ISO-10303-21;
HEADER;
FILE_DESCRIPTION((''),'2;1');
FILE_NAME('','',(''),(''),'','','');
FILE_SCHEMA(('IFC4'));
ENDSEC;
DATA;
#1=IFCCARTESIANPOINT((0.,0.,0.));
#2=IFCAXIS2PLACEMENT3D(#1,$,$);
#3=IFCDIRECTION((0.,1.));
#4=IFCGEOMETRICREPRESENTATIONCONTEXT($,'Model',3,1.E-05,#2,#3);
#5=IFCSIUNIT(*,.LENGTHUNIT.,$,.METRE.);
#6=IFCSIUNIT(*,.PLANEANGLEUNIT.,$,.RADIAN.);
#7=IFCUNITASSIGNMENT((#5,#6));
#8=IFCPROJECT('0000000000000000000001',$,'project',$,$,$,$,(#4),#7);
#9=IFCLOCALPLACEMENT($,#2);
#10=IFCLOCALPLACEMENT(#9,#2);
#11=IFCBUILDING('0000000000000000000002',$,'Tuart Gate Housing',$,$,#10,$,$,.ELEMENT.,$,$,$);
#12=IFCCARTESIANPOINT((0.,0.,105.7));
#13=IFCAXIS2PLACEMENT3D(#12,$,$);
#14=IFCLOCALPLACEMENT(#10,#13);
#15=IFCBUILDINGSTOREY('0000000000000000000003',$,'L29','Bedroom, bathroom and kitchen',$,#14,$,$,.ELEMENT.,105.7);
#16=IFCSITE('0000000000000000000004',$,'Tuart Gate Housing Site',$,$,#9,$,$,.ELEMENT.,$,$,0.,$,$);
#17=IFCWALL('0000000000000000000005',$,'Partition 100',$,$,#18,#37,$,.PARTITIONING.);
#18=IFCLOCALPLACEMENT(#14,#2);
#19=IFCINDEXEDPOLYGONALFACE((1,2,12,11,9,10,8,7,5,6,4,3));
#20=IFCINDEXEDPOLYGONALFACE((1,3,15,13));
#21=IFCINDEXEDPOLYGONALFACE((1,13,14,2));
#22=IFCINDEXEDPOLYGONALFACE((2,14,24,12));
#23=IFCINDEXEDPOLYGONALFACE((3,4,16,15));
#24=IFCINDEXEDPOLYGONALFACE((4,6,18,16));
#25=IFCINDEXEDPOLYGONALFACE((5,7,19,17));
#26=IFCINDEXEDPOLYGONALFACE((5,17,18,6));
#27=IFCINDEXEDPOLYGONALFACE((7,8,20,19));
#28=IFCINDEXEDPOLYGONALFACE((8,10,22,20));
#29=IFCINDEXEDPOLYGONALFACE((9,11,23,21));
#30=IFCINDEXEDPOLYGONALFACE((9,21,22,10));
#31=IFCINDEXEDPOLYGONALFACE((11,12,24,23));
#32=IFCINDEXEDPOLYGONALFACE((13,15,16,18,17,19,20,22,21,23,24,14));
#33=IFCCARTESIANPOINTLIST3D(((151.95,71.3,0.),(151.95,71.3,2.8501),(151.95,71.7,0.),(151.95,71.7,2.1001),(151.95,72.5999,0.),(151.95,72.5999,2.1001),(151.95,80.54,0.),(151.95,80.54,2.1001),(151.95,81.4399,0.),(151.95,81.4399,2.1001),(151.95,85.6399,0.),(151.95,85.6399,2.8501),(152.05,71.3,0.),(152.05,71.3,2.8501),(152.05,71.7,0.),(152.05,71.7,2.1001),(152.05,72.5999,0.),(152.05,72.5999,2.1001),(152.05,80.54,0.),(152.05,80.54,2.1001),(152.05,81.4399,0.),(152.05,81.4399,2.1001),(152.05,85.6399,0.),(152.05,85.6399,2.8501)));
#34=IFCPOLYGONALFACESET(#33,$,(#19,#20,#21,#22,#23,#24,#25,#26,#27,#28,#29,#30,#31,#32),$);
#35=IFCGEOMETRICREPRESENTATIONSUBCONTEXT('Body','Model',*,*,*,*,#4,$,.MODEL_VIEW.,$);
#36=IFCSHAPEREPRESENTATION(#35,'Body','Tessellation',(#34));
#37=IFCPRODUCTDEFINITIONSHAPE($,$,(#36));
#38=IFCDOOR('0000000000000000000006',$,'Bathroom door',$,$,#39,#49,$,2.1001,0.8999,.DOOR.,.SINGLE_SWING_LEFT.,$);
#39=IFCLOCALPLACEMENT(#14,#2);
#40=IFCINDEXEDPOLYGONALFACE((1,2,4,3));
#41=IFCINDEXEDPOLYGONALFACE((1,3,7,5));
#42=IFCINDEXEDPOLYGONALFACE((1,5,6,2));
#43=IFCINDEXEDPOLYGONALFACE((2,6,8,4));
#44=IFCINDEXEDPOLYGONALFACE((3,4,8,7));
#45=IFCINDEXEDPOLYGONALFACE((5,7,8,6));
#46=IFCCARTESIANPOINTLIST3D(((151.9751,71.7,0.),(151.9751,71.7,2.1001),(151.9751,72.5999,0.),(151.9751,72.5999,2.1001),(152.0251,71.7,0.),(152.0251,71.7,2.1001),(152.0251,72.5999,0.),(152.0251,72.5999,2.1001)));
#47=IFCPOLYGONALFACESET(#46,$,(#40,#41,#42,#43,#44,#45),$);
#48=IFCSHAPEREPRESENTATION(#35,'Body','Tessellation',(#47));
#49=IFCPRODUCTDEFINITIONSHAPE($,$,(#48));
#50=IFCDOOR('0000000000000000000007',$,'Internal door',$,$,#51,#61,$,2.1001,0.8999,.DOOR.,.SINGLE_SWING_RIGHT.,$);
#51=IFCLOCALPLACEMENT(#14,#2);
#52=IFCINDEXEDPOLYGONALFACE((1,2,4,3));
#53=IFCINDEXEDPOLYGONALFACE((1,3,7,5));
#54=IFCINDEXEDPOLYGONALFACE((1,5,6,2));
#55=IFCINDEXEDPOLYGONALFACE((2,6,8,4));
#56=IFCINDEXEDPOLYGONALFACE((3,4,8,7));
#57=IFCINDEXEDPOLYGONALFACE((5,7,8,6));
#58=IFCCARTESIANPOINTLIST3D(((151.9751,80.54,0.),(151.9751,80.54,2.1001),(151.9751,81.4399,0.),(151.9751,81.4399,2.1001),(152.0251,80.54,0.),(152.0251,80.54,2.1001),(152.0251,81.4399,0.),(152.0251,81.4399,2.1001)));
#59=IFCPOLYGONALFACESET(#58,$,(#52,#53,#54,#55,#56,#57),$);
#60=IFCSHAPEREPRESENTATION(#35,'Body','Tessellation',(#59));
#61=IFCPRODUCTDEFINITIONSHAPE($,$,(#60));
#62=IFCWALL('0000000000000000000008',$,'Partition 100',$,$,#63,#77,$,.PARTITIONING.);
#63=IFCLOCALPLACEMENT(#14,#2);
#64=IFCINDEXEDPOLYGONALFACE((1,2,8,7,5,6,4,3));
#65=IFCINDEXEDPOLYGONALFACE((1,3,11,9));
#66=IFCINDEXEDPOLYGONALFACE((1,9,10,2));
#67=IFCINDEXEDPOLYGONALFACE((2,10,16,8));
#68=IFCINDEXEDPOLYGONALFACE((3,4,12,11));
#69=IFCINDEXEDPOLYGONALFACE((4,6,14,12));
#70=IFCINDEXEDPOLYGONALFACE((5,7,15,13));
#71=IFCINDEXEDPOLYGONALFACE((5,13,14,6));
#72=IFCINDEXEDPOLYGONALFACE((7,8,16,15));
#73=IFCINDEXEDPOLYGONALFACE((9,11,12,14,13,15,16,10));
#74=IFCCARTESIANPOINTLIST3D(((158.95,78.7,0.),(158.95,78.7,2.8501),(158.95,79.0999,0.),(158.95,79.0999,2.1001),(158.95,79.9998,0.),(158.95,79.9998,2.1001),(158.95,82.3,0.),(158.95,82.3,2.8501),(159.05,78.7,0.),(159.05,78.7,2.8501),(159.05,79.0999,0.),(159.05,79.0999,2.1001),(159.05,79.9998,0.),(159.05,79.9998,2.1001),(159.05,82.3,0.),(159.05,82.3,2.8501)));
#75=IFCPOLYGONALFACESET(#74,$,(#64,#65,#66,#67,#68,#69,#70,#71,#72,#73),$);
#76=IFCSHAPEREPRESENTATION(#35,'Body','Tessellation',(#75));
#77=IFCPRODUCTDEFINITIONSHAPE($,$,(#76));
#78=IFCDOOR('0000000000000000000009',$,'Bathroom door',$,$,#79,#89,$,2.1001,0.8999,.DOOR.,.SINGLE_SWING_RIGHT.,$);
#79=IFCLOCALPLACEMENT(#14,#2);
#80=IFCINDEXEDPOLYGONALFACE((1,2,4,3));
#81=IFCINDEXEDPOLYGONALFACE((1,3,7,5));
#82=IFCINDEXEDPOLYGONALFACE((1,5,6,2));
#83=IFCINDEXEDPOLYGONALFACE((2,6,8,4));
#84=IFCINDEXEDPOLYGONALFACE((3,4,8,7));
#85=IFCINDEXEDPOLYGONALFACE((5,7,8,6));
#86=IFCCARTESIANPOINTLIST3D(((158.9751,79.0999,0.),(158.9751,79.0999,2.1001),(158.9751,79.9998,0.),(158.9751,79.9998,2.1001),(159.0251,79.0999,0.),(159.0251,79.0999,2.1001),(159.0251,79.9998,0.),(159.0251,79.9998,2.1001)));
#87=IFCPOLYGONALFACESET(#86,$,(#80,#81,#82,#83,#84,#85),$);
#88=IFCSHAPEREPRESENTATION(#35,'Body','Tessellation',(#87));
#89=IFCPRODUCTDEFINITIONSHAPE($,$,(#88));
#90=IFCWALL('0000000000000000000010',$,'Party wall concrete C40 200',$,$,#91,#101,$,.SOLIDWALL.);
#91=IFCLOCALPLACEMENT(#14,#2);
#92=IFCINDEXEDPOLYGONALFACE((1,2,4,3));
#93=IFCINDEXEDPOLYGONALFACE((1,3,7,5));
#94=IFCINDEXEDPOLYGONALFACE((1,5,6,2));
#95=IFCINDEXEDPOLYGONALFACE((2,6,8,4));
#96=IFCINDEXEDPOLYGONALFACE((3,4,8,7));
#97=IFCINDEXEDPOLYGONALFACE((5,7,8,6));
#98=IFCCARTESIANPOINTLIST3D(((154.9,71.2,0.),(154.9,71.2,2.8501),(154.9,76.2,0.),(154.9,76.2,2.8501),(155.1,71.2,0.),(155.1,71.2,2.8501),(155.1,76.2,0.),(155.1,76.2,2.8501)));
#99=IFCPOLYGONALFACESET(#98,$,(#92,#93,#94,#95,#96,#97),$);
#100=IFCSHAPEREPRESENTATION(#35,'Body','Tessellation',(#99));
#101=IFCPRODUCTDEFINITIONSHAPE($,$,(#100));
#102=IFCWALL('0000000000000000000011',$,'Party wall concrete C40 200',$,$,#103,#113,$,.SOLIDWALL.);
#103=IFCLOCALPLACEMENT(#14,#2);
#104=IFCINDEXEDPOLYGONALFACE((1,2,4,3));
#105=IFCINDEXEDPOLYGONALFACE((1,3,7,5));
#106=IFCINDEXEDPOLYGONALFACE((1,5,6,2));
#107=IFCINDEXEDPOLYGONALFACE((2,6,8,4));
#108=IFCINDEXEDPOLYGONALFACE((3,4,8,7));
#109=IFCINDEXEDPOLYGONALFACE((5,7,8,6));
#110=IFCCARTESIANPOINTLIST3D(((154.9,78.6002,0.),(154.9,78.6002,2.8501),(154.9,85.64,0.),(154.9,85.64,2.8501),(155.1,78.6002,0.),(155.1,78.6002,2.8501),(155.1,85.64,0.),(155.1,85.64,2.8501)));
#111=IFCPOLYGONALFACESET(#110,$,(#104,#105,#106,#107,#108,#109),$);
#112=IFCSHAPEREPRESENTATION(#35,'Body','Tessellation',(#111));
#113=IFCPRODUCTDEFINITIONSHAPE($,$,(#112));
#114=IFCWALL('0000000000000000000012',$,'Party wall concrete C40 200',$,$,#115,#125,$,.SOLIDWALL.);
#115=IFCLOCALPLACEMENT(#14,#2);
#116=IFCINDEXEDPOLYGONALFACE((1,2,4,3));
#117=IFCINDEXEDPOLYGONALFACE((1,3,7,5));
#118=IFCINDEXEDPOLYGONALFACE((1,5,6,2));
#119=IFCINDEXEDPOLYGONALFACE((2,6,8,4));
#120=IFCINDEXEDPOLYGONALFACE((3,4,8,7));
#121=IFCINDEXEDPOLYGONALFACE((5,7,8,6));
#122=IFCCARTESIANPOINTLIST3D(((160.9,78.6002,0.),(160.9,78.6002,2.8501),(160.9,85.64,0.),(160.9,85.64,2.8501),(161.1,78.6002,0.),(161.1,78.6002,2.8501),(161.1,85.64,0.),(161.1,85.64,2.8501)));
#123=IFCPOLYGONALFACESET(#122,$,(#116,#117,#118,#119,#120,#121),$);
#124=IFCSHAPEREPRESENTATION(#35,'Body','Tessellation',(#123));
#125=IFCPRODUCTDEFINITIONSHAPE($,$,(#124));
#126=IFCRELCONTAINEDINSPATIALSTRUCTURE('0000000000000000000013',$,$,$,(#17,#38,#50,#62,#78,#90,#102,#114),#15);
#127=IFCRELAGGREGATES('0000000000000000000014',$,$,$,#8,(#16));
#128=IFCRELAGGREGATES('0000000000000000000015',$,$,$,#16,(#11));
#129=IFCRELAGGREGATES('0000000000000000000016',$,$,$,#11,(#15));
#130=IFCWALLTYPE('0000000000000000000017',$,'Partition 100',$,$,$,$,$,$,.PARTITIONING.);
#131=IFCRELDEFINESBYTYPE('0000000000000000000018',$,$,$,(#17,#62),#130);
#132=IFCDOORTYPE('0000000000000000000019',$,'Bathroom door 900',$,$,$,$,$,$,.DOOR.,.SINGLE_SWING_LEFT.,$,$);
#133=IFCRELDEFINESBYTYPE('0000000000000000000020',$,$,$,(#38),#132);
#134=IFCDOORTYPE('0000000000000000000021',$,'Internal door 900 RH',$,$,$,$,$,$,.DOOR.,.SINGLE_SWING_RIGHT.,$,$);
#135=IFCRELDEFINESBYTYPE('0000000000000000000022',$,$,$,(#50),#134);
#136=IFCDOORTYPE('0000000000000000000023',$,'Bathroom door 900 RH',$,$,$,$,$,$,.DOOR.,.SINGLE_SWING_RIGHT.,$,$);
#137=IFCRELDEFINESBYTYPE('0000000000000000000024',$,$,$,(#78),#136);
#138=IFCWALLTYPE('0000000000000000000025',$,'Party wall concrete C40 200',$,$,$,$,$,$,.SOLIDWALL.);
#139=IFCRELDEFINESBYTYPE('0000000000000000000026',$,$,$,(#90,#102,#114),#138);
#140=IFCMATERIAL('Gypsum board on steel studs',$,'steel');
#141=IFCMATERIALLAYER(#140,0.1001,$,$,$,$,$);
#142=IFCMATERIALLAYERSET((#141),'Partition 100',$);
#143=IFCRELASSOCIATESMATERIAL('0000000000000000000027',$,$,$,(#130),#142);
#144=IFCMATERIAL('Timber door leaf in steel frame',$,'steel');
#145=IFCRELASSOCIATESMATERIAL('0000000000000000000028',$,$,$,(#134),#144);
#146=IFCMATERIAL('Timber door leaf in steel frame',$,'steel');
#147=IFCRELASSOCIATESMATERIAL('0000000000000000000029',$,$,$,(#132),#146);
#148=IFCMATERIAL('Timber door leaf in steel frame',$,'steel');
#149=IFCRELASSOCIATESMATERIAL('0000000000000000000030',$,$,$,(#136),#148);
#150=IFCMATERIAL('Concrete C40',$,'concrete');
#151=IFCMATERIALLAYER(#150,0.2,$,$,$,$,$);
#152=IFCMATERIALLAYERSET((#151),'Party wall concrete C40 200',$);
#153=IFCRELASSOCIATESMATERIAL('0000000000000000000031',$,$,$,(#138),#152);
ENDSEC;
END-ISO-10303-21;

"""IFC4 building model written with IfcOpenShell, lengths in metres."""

from ifc_helpers import new_model, si_unit, direction, frame, frame_2d, origin, place, context, subcontext, project, spatial, rectangle, extrude, material, layer, layer_set, type_object, element, fill, save


model = new_model("IFC4")

# Units and contexts
model_context = context("Model", 3, precision=1e-05, world=origin(), true_north=direction((0.0, 1.0)))
body_context = subcontext(model_context, "Body", "Model", "MODEL_VIEW")
ifc_project = project(units=[si_unit("LENGTHUNIT", "METRE"), si_unit("PLANEANGLEUNIT", "RADIAN")], contexts=[model_context])

# Site, building, storey
site_placement = place(None, origin())
site = spatial("IfcSite", under=ifc_project, at=site_placement, Name="Tuart Gate Housing Site", CompositionType="ELEMENT", RefElevation=0.0)
building_placement = place(site_placement, origin())
building = spatial("IfcBuilding", under=site, at=building_placement, Name="Tuart Gate Housing", CompositionType="ELEMENT")
storey_placement = place(building_placement, frame((0.0, 0.0, 105.7)))
storey = spatial("IfcBuildingStorey", under=building, at=storey_placement, Name="L29", Description="Bedroom, bathroom and kitchen", CompositionType="ELEMENT", Elevation=105.7)

# Shared definitions
ifc_material_1 = material(Name="Gypsum board on steel studs", Category="steel")
ifc_layer_1 = layer(ifc_material_1, 0.1001)
ifc_layer_set_1 = layer_set([ifc_layer_1], Name="Partition 100")
wall_type_1 = type_object("IfcWallType", Name="Partition 100", PredefinedType="PARTITIONING", material=ifc_layer_set_1)
ifc_material_2 = material(Name="Timber door leaf in steel frame", Category="steel")
door_type_1 = type_object("IfcDoorType", Name="Internal door 900 RH", OperationType="SINGLE_SWING_RIGHT", PredefinedType="DOOR", material=ifc_material_2)

# Wall, openings, doors
wall_1_placement = place(storey_placement, frame((152.0, 71.3, 0.0), z_axis=(0.0, 0.0, 1.0), x_axis=(0.0, 1.0, 0.0)))
wall_1 = element("IfcWall", 1, at=wall_1_placement, inside=storey, type_object=wall_type_1, Name="Partition 100", PredefinedType="PARTITIONING", context=body_context, shape_type="SweptSolid", body=[
    extrude(rectangle(XDim=14.3398, YDim=0.1001, at=frame_2d((7.1699, 0.0))), origin(), (0.0, 0.0, 1.0), 2.8501),
])
opening_1_placement = place(wall_1_placement, frame((9.24, 0.0, 0.0)))
opening_1 = element("IfcOpeningElement", 2, at=opening_1_placement, cuts=wall_1, PredefinedType="OPENING", context=body_context, shape_type="SweptSolid", body=[
    extrude(rectangle(XDim=0.8999, YDim=2.1001, at=frame_2d((0.45, 1.05))), frame((0.0, 0.0601, 0.0), z_axis=(0.0, -1.0, 0.0), x_axis=(1.0, 0.0, 0.0)), (0.0, 0.0, 1.0), 0.1201),
])
opening_2_placement = place(wall_1_placement, frame((0.3999, 0.0, 0.0)))
opening_2 = element("IfcOpeningElement", 3, at=opening_2_placement, cuts=wall_1, PredefinedType="OPENING", context=body_context, shape_type="SweptSolid", body=[
    extrude(rectangle(XDim=0.8999, YDim=2.1001, at=frame_2d((0.45, 1.05))), frame((0.0, 0.0601, 0.0), z_axis=(0.0, -1.0, 0.0), x_axis=(1.0, 0.0, 0.0)), (0.0, 0.0, 1.0), 0.1201),
])
ifc_material_3 = material(Name="Timber door leaf in steel frame", Category="steel")
door_type_2 = type_object("IfcDoorType", Name="Bathroom door 900", OperationType="SINGLE_SWING_LEFT", PredefinedType="DOOR", material=ifc_material_3)
door_1_placement = place(opening_2_placement, origin())
door_1 = element("IfcDoor", 4, at=door_1_placement, inside=storey, type_object=door_type_2, Name="Bathroom door", OperationType="SINGLE_SWING_LEFT", OverallHeight=2.1001, OverallWidth=0.8999, PredefinedType="DOOR", context=body_context, shape_type="SweptSolid", body=[
    extrude(rectangle(XDim=0.8999, YDim=2.1001, at=frame_2d((0.45, 1.05))), frame((0.0, 0.0249, 0.0), z_axis=(0.0, -1.0, 0.0), x_axis=(1.0, 0.0, 0.0)), (0.0, 0.0, 1.0), 0.05),
])
fill(opening_2, door_1)
door_2_placement = place(opening_1_placement, origin())
door_2 = element("IfcDoor", 5, at=door_2_placement, inside=storey, type_object=door_type_1, Name="Internal door", OperationType="SINGLE_SWING_RIGHT", OverallHeight=2.1001, OverallWidth=0.8999, PredefinedType="DOOR", context=body_context, shape_type="SweptSolid", body=[
    extrude(rectangle(XDim=0.8999, YDim=2.1001, at=frame_2d((0.45, 1.05))), frame((0.0, 0.0249, 0.0), z_axis=(0.0, -1.0, 0.0), x_axis=(1.0, 0.0, 0.0)), (0.0, 0.0, 1.0), 0.05),
])
fill(opening_1, door_2)

# Wall, opening, door
wall_2_placement = place(storey_placement, frame((159.0, 78.7, 0.0), z_axis=(0.0, 0.0, 1.0), x_axis=(0.0, 1.0, 0.0)))
wall_2 = element("IfcWall", 6, at=wall_2_placement, inside=storey, type_object=wall_type_1, Name="Partition 100", PredefinedType="PARTITIONING", context=body_context, shape_type="SweptSolid", body=[
    extrude(rectangle(XDim=3.6001, YDim=0.1001, at=frame_2d((1.8, 0.0))), origin(), (0.0, 0.0, 1.0), 2.8501),
])
opening_3_placement = place(wall_2_placement, frame((0.3999, 0.0, 0.0)))
opening_3 = element("IfcOpeningElement", 7, at=opening_3_placement, cuts=wall_2, PredefinedType="OPENING", context=body_context, shape_type="SweptSolid", body=[
    extrude(rectangle(XDim=0.8999, YDim=2.1001, at=frame_2d((0.45, 1.05))), frame((0.0, 0.0601, 0.0), z_axis=(0.0, -1.0, 0.0), x_axis=(1.0, 0.0, 0.0)), (0.0, 0.0, 1.0), 0.1201),
])
ifc_material_4 = material(Name="Timber door leaf in steel frame", Category="steel")
door_type_3 = type_object("IfcDoorType", Name="Bathroom door 900 RH", OperationType="SINGLE_SWING_RIGHT", PredefinedType="DOOR", material=ifc_material_4)
door_3_placement = place(opening_3_placement, frame((0.8999, 0.0, 0.0), z_axis=(0.0, 0.0, 1.0), x_axis=(-1.0, 0.0, 0.0)))
door_3 = element("IfcDoor", 8, at=door_3_placement, inside=storey, type_object=door_type_3, Name="Bathroom door", OperationType="SINGLE_SWING_RIGHT", OverallHeight=2.1001, OverallWidth=0.8999, PredefinedType="DOOR", context=body_context, shape_type="SweptSolid", body=[
    extrude(rectangle(XDim=0.8999, YDim=2.1001, at=frame_2d((0.45, 1.05))), frame((0.0, 0.0251, 0.0), z_axis=(0.0, -1.0, 0.0), x_axis=(1.0, 0.0, 0.0)), (0.0, 0.0, 1.0), 0.05),
])
fill(opening_3, door_3)

# Walls
ifc_material_5 = material(Name="Concrete C40", Category="concrete")
ifc_layer_2 = layer(ifc_material_5, 0.2)
ifc_layer_set_2 = layer_set([ifc_layer_2], Name="Party wall concrete C40 200")
wall_type_2 = type_object("IfcWallType", Name="Party wall concrete C40 200", PredefinedType="SOLIDWALL", material=ifc_layer_set_2)
wall_3_placement = place(storey_placement, frame((155.0, 71.2, 0.0), z_axis=(0.0, 0.0, 1.0), x_axis=(0.0, 1.0, 0.0)))
element("IfcWall", 9, at=wall_3_placement, inside=storey, type_object=wall_type_2, Name="Party wall concrete C40 200", PredefinedType="SOLIDWALL", context=body_context, shape_type="SweptSolid", body=[
    extrude(rectangle(XDim=5.0, YDim=0.2, at=frame_2d((2.5, 0.0))), origin(), (0.0, 0.0, 1.0), 2.8501),
])
for number, where, z_axis, x_axis, name in (
    (10, (155.0, 78.6001, 0.0), (0.0, 0.0, 1.0), (0.0, 1.0, 0.0), "Party wall concrete C40 200"),
    (11, (161.0, 78.6001, 0.0), (0.0, 0.0, 1.0), (0.0, 1.0, 0.0), "Party wall concrete C40 200"),
):
    element("IfcWall", number, at=place(storey_placement, frame(where, z_axis=z_axis, x_axis=x_axis)), inside=storey, type_object=wall_type_2, Name=name, PredefinedType="SOLIDWALL", context=body_context, shape_type="SweptSolid", body=[
        extrude(rectangle(XDim=7.0398, YDim=0.2, at=frame_2d((3.52, 0.0))), origin(), (0.0, 0.0, 1.0), 2.8501),
    ])

save(model, "model.ifc")
